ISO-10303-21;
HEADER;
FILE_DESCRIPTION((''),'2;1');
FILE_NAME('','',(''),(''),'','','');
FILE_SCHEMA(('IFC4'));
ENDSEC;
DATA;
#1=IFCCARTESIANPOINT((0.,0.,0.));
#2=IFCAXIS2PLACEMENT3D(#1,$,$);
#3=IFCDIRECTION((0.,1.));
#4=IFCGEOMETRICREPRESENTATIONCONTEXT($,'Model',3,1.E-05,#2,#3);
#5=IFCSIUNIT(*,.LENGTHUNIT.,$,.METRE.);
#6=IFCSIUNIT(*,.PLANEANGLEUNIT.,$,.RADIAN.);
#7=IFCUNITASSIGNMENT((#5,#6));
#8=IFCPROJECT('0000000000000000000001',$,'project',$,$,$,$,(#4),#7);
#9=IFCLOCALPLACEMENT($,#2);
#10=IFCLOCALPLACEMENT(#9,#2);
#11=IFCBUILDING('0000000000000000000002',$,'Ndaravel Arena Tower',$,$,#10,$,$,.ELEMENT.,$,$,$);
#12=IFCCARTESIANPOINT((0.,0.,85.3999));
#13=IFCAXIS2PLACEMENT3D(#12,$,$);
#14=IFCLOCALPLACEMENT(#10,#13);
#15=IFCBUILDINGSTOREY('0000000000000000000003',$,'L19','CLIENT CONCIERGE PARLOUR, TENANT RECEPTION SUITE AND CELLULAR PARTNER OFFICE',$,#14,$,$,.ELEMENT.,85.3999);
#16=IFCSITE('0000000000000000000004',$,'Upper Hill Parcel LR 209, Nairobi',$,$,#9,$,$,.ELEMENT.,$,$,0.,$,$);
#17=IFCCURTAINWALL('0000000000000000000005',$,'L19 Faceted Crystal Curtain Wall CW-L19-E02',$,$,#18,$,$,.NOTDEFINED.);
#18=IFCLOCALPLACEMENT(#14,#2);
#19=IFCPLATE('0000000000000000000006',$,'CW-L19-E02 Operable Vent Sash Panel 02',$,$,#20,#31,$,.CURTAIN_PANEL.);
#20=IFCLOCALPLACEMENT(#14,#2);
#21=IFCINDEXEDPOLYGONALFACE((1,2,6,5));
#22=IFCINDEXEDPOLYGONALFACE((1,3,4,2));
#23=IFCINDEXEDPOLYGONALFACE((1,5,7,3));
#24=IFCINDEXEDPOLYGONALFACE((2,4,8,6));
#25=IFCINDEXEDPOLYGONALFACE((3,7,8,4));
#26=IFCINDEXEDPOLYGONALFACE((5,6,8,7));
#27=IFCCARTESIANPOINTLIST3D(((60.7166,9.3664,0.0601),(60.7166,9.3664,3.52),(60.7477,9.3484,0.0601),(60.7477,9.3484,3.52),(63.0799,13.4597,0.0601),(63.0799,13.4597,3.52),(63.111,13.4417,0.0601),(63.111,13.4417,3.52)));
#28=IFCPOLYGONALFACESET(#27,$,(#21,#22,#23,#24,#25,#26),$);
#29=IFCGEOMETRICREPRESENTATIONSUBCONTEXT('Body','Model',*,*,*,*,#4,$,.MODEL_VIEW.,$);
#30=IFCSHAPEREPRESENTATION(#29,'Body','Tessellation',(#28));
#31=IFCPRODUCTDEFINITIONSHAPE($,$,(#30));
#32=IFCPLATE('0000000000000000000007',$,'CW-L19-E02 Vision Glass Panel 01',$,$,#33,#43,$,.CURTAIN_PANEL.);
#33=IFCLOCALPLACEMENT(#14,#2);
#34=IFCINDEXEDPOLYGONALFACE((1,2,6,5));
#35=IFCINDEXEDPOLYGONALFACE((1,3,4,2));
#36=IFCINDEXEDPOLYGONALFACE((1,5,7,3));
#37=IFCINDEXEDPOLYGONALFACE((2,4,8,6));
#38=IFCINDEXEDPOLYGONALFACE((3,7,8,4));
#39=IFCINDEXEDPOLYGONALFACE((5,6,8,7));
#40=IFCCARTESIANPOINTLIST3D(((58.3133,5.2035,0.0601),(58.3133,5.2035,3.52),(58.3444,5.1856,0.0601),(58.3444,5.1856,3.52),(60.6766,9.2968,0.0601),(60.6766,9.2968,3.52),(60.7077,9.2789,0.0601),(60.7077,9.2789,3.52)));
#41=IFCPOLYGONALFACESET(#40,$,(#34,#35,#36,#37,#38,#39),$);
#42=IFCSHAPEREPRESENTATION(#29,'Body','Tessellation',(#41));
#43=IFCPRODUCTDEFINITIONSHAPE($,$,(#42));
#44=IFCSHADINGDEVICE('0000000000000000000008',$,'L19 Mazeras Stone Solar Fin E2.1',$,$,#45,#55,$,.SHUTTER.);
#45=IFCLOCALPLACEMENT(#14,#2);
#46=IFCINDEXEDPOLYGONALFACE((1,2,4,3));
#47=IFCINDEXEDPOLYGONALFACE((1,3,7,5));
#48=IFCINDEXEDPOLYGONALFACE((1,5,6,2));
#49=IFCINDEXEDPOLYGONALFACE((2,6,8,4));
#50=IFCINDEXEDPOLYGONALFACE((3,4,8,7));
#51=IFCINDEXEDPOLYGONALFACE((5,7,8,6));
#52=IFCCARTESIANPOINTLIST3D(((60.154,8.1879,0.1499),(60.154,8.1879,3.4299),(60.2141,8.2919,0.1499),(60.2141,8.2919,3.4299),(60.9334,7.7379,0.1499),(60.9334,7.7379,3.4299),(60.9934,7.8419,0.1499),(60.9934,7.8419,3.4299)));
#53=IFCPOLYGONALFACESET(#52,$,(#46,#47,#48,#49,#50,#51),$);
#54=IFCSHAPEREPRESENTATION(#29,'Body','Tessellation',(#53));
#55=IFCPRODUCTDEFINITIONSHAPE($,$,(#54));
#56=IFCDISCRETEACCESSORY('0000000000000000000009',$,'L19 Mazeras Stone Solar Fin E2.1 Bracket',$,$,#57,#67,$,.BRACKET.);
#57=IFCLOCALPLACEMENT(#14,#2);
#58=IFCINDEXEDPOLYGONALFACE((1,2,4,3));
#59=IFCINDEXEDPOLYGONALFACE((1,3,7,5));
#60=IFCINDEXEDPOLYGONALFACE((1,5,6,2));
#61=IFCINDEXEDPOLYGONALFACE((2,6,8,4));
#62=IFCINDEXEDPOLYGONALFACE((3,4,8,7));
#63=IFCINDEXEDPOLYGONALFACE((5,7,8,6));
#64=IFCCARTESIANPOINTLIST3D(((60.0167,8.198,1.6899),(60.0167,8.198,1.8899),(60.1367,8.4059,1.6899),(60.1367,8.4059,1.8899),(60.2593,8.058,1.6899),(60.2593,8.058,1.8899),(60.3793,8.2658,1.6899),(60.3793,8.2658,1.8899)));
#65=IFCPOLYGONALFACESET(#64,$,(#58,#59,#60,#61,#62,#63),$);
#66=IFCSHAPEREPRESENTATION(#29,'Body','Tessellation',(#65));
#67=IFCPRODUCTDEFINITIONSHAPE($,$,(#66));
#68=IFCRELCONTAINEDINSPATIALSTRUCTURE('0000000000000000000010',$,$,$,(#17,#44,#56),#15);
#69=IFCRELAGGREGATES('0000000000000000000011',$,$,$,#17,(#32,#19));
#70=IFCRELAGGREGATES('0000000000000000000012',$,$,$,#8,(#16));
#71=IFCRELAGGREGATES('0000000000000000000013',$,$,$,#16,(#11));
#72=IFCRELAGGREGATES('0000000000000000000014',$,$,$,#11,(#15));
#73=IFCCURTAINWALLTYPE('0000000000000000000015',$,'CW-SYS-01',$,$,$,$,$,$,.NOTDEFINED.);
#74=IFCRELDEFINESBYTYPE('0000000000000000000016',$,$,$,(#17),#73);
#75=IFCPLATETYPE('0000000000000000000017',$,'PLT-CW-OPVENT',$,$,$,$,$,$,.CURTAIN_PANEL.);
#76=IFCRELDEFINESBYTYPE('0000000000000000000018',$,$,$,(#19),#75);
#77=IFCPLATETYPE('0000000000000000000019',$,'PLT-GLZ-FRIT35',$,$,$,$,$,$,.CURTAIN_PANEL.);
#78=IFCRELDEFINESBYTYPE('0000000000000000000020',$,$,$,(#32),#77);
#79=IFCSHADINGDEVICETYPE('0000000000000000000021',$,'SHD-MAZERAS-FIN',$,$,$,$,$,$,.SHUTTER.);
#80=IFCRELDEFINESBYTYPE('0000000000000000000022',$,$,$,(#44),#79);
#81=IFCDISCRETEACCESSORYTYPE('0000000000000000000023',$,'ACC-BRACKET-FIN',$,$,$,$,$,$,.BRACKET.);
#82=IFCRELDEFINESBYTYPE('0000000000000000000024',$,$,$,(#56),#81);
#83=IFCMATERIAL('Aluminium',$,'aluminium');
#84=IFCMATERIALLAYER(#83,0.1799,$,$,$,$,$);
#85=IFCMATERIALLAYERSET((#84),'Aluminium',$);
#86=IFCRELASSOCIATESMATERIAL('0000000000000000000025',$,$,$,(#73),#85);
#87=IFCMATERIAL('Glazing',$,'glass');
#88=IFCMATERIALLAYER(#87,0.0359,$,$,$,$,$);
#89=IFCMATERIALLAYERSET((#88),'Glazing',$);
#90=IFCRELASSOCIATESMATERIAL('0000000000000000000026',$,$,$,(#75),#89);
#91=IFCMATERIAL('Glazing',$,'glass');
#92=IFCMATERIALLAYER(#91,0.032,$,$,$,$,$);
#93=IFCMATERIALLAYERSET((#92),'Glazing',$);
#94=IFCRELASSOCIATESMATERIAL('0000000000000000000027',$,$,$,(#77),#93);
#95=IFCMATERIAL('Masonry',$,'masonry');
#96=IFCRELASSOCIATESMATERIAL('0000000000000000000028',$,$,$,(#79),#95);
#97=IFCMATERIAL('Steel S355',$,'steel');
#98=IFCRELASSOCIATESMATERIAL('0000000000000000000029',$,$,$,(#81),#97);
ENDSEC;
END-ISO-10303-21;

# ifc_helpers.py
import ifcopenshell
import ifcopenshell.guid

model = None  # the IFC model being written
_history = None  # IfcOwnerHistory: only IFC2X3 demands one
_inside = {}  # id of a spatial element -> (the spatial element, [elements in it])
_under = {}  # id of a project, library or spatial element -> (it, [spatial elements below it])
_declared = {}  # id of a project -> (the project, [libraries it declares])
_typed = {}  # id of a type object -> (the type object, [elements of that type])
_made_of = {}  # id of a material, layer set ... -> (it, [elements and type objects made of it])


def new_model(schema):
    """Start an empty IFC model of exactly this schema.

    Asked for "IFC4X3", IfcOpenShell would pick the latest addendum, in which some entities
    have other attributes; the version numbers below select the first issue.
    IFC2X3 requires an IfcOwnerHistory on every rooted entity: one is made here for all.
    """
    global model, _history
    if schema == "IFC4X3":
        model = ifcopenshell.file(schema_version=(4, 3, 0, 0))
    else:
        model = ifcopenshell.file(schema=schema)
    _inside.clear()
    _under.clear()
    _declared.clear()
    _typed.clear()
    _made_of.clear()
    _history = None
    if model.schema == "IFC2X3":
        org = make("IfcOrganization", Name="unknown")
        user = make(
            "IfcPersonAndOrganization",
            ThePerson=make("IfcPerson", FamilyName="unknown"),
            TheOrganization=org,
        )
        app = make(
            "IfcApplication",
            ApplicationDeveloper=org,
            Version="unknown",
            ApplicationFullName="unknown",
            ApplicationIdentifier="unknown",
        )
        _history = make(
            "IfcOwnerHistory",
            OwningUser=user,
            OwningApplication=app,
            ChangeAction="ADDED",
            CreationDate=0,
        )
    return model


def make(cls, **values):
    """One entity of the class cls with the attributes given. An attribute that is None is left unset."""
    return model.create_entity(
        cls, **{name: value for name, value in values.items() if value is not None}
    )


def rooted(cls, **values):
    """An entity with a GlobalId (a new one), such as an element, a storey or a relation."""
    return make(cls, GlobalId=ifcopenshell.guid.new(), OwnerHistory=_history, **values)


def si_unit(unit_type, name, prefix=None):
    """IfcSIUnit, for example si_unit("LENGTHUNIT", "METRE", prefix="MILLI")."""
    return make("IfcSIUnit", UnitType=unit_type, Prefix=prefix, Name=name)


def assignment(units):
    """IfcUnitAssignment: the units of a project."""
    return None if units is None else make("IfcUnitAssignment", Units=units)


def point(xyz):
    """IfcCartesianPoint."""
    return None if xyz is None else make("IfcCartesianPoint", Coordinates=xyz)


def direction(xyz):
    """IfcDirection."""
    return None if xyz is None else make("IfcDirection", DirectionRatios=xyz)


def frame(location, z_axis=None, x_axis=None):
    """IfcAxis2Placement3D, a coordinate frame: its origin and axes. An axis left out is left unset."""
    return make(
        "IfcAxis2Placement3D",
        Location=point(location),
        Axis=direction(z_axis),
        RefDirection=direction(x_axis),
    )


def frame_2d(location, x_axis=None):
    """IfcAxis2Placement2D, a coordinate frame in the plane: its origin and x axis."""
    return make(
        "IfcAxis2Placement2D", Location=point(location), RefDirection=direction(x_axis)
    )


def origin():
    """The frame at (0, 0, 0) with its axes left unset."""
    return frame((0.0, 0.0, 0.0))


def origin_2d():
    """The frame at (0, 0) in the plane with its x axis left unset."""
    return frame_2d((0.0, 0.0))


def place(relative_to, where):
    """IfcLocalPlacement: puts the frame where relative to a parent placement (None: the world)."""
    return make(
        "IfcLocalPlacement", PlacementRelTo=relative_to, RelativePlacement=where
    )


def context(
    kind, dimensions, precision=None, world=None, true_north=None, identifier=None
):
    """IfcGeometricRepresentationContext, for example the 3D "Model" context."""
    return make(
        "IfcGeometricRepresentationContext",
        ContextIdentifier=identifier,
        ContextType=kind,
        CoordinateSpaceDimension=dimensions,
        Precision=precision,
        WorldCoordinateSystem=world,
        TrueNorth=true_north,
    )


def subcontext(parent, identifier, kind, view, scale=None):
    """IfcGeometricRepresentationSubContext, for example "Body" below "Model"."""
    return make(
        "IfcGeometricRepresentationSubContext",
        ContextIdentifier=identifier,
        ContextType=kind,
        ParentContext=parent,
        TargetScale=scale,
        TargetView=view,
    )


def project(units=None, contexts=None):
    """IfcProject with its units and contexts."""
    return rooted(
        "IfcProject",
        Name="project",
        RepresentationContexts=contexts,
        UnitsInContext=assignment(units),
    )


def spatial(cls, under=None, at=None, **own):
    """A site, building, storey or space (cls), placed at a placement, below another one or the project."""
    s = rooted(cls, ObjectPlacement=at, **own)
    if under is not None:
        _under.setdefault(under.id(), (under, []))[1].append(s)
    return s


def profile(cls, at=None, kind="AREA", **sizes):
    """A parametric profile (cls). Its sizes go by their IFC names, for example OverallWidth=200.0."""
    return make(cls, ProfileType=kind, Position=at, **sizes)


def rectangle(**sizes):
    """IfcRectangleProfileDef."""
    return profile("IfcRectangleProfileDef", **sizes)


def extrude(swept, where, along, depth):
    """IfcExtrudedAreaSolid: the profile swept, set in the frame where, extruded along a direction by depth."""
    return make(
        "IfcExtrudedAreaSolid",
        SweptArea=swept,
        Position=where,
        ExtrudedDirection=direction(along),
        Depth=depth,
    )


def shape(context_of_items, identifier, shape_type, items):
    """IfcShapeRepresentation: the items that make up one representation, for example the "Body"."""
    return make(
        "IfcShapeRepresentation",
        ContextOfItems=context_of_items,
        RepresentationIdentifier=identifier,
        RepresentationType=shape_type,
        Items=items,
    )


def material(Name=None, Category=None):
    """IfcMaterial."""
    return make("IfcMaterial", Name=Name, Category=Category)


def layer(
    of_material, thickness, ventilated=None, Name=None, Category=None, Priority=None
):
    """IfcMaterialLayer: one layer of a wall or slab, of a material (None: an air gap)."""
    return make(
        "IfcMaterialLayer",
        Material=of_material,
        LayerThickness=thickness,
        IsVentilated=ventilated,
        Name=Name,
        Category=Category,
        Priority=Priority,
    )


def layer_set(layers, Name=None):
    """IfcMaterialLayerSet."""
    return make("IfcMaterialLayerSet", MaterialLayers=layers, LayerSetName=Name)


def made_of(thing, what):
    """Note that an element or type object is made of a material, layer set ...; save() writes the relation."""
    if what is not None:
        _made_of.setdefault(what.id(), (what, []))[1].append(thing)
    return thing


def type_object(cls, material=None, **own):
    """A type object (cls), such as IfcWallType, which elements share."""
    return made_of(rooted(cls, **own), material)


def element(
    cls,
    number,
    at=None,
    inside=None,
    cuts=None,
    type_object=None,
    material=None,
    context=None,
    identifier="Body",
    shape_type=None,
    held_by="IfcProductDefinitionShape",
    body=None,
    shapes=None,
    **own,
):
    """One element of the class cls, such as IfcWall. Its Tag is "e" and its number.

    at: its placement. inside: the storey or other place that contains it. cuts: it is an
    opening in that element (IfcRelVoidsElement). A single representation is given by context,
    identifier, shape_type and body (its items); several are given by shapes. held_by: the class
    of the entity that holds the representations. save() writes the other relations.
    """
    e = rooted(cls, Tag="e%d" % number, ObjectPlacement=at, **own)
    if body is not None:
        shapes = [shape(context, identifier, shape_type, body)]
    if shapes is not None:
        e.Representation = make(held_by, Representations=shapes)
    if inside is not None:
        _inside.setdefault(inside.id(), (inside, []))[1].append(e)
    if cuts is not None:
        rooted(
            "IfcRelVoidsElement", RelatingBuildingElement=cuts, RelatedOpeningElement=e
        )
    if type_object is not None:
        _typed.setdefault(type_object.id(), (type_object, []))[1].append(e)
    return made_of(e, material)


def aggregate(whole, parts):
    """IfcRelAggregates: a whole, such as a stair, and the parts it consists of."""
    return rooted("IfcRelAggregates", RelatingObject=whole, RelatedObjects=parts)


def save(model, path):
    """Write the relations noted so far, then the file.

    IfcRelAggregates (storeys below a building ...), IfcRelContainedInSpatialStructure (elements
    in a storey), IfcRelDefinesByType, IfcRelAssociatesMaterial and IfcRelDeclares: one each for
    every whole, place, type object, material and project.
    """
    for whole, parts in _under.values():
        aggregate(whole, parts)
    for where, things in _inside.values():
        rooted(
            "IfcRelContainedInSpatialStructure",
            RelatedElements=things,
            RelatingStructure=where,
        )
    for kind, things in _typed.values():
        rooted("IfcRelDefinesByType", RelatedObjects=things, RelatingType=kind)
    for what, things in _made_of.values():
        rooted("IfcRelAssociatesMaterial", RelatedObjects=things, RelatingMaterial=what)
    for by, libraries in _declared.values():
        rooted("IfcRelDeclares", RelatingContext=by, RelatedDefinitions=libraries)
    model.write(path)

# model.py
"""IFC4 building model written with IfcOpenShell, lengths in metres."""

from ifc_helpers import new_model, si_unit, direction, frame, origin, origin_2d, place, context, subcontext, project, spatial, rectangle, extrude, material, layer, layer_set, type_object, element, aggregate, save


model = new_model("IFC4")

# Units and contexts
model_context = context("Model", 3, precision=1e-05, world=origin(), true_north=direction((0.0, 1.0)))
body_context = subcontext(model_context, "Body", "Model", "MODEL_VIEW")
ifc_project = project(units=[si_unit("LENGTHUNIT", "METRE"), si_unit("PLANEANGLEUNIT", "RADIAN")], contexts=[model_context])

# Site, building, storey
site_placement = place(None, origin())
site = spatial("IfcSite", under=ifc_project, at=site_placement, Name="Upper Hill Parcel LR 209, Nairobi", CompositionType="ELEMENT", RefElevation=0.0)
building_placement = place(site_placement, origin())
building = spatial("IfcBuilding", under=site, at=building_placement, Name="Ndaravel Arena Tower", CompositionType="ELEMENT")
storey_placement = place(building_placement, frame((0.0, 0.0, 85.3999)))
storey = spatial("IfcBuildingStorey", under=building, at=storey_placement, Name="L19", Description="CLIENT CONCIERGE PARLOUR, TENANT RECEPTION SUITE AND CELLULAR PARTNER OFFICE", CompositionType="ELEMENT", Elevation=85.3999)

# Curtain wall, plates
ifc_material_1 = material(Name="Aluminium", Category="aluminium")
ifc_layer_1 = layer(ifc_material_1, 0.1799)
ifc_layer_set_1 = layer_set([ifc_layer_1], Name="Aluminium")
curtain_wall_type = type_object("IfcCurtainWallType", Name="CW-SYS-01", PredefinedType="NOTDEFINED", material=ifc_layer_set_1)
curtain_wall_placement = place(storey_placement, origin())
curtain_wall = element("IfcCurtainWall", 1, at=curtain_wall_placement, inside=storey, type_object=curtain_wall_type, Name="L19 Faceted Crystal Curtain Wall CW-L19-E02", PredefinedType="NOTDEFINED")
ifc_material_2 = material(Name="Glazing", Category="glass")
ifc_layer_2 = layer(ifc_material_2, 0.0359)
ifc_layer_set_2 = layer_set([ifc_layer_2], Name="Glazing")
plate_type_1 = type_object("IfcPlateType", Name="PLT-CW-OPVENT", PredefinedType="CURTAIN_PANEL", material=ifc_layer_set_2)
plate_1_placement = place(storey_placement, frame((61.9138, 11.4041, 0.0601), z_axis=(0.0, 0.0, 1.0), x_axis=(0.5, 0.866025, 0.0)))
plate_1 = element("IfcPlate", 2, at=plate_1_placement, type_object=plate_type_1, Name="CW-L19-E02 Operable Vent Sash Panel 02", PredefinedType="CURTAIN_PANEL", context=body_context, shape_type="SweptSolid", body=[
    extrude(rectangle(XDim=4.7266, YDim=0.0359, at=origin_2d()), origin(), (0.0, 0.0, 1.0), 3.46),
])
ifc_material_3 = material(Name="Glazing", Category="glass")
ifc_layer_3 = layer(ifc_material_3, 0.032)
ifc_layer_set_3 = layer_set([ifc_layer_3], Name="Glazing")
plate_type_2 = type_object("IfcPlateType", Name="PLT-GLZ-FRIT35", PredefinedType="CURTAIN_PANEL", material=ifc_layer_set_3)
plate_2_placement = place(storey_placement, frame((59.5105, 7.2412, 0.0601), z_axis=(0.0, 0.0, 1.0), x_axis=(0.5, 0.866025, 0.0)))
plate_2 = element("IfcPlate", 3, at=plate_2_placement, type_object=plate_type_2, Name="CW-L19-E02 Vision Glass Panel 01", PredefinedType="CURTAIN_PANEL", context=body_context, shape_type="SweptSolid", body=[
    extrude(rectangle(XDim=4.7266, YDim=0.0359, at=origin_2d()), origin(), (0.0, 0.0, 1.0), 3.46),
])
aggregate(curtain_wall, [plate_2, plate_1])

# Shading device
ifc_material_4 = material(Name="Masonry", Category="masonry")
shading_device_type = type_object("IfcShadingDeviceType", Name="SHD-MAZERAS-FIN", PredefinedType="SHUTTER", material=ifc_material_4)
shading_device_placement = place(storey_placement, frame((60.5737, 8.0149, 0.1499), z_axis=(0.0, 0.0, 1.0), x_axis=(0.866025, -0.5, 0.0)))
element("IfcShadingDevice", 4, at=shading_device_placement, inside=storey, type_object=shading_device_type, Name="L19 Mazeras Stone Solar Fin E2.1", PredefinedType="SHUTTER", context=body_context, shape_type="SweptSolid", body=[
    extrude(rectangle(XDim=0.8999, YDim=0.1201, at=origin_2d()), origin(), (0.0, 0.0, 1.0), 3.28),
])

# Discrete accessory
ifc_material_5 = material(Name="Steel S355", Category="steel")
discrete_accessory_type = type_object("IfcDiscreteAccessoryType", Name="ACC-BRACKET-FIN", PredefinedType="BRACKET", material=ifc_material_5)
discrete_accessory_placement = place(storey_placement, frame((60.198, 8.2319, 1.6899), z_axis=(0.0, 0.0, 1.0), x_axis=(0.866025, -0.5, 0.0)))
element("IfcDiscreteAccessory", 5, at=discrete_accessory_placement, inside=storey, type_object=discrete_accessory_type, Name="L19 Mazeras Stone Solar Fin E2.1 Bracket", PredefinedType="BRACKET", context=body_context, shape_type="SweptSolid", body=[
    extrude(rectangle(XDim=0.28, YDim=0.24, at=origin_2d()), origin(), (0.0, 0.0, 1.0), 0.2),
])

save(model, "model.ifc")
